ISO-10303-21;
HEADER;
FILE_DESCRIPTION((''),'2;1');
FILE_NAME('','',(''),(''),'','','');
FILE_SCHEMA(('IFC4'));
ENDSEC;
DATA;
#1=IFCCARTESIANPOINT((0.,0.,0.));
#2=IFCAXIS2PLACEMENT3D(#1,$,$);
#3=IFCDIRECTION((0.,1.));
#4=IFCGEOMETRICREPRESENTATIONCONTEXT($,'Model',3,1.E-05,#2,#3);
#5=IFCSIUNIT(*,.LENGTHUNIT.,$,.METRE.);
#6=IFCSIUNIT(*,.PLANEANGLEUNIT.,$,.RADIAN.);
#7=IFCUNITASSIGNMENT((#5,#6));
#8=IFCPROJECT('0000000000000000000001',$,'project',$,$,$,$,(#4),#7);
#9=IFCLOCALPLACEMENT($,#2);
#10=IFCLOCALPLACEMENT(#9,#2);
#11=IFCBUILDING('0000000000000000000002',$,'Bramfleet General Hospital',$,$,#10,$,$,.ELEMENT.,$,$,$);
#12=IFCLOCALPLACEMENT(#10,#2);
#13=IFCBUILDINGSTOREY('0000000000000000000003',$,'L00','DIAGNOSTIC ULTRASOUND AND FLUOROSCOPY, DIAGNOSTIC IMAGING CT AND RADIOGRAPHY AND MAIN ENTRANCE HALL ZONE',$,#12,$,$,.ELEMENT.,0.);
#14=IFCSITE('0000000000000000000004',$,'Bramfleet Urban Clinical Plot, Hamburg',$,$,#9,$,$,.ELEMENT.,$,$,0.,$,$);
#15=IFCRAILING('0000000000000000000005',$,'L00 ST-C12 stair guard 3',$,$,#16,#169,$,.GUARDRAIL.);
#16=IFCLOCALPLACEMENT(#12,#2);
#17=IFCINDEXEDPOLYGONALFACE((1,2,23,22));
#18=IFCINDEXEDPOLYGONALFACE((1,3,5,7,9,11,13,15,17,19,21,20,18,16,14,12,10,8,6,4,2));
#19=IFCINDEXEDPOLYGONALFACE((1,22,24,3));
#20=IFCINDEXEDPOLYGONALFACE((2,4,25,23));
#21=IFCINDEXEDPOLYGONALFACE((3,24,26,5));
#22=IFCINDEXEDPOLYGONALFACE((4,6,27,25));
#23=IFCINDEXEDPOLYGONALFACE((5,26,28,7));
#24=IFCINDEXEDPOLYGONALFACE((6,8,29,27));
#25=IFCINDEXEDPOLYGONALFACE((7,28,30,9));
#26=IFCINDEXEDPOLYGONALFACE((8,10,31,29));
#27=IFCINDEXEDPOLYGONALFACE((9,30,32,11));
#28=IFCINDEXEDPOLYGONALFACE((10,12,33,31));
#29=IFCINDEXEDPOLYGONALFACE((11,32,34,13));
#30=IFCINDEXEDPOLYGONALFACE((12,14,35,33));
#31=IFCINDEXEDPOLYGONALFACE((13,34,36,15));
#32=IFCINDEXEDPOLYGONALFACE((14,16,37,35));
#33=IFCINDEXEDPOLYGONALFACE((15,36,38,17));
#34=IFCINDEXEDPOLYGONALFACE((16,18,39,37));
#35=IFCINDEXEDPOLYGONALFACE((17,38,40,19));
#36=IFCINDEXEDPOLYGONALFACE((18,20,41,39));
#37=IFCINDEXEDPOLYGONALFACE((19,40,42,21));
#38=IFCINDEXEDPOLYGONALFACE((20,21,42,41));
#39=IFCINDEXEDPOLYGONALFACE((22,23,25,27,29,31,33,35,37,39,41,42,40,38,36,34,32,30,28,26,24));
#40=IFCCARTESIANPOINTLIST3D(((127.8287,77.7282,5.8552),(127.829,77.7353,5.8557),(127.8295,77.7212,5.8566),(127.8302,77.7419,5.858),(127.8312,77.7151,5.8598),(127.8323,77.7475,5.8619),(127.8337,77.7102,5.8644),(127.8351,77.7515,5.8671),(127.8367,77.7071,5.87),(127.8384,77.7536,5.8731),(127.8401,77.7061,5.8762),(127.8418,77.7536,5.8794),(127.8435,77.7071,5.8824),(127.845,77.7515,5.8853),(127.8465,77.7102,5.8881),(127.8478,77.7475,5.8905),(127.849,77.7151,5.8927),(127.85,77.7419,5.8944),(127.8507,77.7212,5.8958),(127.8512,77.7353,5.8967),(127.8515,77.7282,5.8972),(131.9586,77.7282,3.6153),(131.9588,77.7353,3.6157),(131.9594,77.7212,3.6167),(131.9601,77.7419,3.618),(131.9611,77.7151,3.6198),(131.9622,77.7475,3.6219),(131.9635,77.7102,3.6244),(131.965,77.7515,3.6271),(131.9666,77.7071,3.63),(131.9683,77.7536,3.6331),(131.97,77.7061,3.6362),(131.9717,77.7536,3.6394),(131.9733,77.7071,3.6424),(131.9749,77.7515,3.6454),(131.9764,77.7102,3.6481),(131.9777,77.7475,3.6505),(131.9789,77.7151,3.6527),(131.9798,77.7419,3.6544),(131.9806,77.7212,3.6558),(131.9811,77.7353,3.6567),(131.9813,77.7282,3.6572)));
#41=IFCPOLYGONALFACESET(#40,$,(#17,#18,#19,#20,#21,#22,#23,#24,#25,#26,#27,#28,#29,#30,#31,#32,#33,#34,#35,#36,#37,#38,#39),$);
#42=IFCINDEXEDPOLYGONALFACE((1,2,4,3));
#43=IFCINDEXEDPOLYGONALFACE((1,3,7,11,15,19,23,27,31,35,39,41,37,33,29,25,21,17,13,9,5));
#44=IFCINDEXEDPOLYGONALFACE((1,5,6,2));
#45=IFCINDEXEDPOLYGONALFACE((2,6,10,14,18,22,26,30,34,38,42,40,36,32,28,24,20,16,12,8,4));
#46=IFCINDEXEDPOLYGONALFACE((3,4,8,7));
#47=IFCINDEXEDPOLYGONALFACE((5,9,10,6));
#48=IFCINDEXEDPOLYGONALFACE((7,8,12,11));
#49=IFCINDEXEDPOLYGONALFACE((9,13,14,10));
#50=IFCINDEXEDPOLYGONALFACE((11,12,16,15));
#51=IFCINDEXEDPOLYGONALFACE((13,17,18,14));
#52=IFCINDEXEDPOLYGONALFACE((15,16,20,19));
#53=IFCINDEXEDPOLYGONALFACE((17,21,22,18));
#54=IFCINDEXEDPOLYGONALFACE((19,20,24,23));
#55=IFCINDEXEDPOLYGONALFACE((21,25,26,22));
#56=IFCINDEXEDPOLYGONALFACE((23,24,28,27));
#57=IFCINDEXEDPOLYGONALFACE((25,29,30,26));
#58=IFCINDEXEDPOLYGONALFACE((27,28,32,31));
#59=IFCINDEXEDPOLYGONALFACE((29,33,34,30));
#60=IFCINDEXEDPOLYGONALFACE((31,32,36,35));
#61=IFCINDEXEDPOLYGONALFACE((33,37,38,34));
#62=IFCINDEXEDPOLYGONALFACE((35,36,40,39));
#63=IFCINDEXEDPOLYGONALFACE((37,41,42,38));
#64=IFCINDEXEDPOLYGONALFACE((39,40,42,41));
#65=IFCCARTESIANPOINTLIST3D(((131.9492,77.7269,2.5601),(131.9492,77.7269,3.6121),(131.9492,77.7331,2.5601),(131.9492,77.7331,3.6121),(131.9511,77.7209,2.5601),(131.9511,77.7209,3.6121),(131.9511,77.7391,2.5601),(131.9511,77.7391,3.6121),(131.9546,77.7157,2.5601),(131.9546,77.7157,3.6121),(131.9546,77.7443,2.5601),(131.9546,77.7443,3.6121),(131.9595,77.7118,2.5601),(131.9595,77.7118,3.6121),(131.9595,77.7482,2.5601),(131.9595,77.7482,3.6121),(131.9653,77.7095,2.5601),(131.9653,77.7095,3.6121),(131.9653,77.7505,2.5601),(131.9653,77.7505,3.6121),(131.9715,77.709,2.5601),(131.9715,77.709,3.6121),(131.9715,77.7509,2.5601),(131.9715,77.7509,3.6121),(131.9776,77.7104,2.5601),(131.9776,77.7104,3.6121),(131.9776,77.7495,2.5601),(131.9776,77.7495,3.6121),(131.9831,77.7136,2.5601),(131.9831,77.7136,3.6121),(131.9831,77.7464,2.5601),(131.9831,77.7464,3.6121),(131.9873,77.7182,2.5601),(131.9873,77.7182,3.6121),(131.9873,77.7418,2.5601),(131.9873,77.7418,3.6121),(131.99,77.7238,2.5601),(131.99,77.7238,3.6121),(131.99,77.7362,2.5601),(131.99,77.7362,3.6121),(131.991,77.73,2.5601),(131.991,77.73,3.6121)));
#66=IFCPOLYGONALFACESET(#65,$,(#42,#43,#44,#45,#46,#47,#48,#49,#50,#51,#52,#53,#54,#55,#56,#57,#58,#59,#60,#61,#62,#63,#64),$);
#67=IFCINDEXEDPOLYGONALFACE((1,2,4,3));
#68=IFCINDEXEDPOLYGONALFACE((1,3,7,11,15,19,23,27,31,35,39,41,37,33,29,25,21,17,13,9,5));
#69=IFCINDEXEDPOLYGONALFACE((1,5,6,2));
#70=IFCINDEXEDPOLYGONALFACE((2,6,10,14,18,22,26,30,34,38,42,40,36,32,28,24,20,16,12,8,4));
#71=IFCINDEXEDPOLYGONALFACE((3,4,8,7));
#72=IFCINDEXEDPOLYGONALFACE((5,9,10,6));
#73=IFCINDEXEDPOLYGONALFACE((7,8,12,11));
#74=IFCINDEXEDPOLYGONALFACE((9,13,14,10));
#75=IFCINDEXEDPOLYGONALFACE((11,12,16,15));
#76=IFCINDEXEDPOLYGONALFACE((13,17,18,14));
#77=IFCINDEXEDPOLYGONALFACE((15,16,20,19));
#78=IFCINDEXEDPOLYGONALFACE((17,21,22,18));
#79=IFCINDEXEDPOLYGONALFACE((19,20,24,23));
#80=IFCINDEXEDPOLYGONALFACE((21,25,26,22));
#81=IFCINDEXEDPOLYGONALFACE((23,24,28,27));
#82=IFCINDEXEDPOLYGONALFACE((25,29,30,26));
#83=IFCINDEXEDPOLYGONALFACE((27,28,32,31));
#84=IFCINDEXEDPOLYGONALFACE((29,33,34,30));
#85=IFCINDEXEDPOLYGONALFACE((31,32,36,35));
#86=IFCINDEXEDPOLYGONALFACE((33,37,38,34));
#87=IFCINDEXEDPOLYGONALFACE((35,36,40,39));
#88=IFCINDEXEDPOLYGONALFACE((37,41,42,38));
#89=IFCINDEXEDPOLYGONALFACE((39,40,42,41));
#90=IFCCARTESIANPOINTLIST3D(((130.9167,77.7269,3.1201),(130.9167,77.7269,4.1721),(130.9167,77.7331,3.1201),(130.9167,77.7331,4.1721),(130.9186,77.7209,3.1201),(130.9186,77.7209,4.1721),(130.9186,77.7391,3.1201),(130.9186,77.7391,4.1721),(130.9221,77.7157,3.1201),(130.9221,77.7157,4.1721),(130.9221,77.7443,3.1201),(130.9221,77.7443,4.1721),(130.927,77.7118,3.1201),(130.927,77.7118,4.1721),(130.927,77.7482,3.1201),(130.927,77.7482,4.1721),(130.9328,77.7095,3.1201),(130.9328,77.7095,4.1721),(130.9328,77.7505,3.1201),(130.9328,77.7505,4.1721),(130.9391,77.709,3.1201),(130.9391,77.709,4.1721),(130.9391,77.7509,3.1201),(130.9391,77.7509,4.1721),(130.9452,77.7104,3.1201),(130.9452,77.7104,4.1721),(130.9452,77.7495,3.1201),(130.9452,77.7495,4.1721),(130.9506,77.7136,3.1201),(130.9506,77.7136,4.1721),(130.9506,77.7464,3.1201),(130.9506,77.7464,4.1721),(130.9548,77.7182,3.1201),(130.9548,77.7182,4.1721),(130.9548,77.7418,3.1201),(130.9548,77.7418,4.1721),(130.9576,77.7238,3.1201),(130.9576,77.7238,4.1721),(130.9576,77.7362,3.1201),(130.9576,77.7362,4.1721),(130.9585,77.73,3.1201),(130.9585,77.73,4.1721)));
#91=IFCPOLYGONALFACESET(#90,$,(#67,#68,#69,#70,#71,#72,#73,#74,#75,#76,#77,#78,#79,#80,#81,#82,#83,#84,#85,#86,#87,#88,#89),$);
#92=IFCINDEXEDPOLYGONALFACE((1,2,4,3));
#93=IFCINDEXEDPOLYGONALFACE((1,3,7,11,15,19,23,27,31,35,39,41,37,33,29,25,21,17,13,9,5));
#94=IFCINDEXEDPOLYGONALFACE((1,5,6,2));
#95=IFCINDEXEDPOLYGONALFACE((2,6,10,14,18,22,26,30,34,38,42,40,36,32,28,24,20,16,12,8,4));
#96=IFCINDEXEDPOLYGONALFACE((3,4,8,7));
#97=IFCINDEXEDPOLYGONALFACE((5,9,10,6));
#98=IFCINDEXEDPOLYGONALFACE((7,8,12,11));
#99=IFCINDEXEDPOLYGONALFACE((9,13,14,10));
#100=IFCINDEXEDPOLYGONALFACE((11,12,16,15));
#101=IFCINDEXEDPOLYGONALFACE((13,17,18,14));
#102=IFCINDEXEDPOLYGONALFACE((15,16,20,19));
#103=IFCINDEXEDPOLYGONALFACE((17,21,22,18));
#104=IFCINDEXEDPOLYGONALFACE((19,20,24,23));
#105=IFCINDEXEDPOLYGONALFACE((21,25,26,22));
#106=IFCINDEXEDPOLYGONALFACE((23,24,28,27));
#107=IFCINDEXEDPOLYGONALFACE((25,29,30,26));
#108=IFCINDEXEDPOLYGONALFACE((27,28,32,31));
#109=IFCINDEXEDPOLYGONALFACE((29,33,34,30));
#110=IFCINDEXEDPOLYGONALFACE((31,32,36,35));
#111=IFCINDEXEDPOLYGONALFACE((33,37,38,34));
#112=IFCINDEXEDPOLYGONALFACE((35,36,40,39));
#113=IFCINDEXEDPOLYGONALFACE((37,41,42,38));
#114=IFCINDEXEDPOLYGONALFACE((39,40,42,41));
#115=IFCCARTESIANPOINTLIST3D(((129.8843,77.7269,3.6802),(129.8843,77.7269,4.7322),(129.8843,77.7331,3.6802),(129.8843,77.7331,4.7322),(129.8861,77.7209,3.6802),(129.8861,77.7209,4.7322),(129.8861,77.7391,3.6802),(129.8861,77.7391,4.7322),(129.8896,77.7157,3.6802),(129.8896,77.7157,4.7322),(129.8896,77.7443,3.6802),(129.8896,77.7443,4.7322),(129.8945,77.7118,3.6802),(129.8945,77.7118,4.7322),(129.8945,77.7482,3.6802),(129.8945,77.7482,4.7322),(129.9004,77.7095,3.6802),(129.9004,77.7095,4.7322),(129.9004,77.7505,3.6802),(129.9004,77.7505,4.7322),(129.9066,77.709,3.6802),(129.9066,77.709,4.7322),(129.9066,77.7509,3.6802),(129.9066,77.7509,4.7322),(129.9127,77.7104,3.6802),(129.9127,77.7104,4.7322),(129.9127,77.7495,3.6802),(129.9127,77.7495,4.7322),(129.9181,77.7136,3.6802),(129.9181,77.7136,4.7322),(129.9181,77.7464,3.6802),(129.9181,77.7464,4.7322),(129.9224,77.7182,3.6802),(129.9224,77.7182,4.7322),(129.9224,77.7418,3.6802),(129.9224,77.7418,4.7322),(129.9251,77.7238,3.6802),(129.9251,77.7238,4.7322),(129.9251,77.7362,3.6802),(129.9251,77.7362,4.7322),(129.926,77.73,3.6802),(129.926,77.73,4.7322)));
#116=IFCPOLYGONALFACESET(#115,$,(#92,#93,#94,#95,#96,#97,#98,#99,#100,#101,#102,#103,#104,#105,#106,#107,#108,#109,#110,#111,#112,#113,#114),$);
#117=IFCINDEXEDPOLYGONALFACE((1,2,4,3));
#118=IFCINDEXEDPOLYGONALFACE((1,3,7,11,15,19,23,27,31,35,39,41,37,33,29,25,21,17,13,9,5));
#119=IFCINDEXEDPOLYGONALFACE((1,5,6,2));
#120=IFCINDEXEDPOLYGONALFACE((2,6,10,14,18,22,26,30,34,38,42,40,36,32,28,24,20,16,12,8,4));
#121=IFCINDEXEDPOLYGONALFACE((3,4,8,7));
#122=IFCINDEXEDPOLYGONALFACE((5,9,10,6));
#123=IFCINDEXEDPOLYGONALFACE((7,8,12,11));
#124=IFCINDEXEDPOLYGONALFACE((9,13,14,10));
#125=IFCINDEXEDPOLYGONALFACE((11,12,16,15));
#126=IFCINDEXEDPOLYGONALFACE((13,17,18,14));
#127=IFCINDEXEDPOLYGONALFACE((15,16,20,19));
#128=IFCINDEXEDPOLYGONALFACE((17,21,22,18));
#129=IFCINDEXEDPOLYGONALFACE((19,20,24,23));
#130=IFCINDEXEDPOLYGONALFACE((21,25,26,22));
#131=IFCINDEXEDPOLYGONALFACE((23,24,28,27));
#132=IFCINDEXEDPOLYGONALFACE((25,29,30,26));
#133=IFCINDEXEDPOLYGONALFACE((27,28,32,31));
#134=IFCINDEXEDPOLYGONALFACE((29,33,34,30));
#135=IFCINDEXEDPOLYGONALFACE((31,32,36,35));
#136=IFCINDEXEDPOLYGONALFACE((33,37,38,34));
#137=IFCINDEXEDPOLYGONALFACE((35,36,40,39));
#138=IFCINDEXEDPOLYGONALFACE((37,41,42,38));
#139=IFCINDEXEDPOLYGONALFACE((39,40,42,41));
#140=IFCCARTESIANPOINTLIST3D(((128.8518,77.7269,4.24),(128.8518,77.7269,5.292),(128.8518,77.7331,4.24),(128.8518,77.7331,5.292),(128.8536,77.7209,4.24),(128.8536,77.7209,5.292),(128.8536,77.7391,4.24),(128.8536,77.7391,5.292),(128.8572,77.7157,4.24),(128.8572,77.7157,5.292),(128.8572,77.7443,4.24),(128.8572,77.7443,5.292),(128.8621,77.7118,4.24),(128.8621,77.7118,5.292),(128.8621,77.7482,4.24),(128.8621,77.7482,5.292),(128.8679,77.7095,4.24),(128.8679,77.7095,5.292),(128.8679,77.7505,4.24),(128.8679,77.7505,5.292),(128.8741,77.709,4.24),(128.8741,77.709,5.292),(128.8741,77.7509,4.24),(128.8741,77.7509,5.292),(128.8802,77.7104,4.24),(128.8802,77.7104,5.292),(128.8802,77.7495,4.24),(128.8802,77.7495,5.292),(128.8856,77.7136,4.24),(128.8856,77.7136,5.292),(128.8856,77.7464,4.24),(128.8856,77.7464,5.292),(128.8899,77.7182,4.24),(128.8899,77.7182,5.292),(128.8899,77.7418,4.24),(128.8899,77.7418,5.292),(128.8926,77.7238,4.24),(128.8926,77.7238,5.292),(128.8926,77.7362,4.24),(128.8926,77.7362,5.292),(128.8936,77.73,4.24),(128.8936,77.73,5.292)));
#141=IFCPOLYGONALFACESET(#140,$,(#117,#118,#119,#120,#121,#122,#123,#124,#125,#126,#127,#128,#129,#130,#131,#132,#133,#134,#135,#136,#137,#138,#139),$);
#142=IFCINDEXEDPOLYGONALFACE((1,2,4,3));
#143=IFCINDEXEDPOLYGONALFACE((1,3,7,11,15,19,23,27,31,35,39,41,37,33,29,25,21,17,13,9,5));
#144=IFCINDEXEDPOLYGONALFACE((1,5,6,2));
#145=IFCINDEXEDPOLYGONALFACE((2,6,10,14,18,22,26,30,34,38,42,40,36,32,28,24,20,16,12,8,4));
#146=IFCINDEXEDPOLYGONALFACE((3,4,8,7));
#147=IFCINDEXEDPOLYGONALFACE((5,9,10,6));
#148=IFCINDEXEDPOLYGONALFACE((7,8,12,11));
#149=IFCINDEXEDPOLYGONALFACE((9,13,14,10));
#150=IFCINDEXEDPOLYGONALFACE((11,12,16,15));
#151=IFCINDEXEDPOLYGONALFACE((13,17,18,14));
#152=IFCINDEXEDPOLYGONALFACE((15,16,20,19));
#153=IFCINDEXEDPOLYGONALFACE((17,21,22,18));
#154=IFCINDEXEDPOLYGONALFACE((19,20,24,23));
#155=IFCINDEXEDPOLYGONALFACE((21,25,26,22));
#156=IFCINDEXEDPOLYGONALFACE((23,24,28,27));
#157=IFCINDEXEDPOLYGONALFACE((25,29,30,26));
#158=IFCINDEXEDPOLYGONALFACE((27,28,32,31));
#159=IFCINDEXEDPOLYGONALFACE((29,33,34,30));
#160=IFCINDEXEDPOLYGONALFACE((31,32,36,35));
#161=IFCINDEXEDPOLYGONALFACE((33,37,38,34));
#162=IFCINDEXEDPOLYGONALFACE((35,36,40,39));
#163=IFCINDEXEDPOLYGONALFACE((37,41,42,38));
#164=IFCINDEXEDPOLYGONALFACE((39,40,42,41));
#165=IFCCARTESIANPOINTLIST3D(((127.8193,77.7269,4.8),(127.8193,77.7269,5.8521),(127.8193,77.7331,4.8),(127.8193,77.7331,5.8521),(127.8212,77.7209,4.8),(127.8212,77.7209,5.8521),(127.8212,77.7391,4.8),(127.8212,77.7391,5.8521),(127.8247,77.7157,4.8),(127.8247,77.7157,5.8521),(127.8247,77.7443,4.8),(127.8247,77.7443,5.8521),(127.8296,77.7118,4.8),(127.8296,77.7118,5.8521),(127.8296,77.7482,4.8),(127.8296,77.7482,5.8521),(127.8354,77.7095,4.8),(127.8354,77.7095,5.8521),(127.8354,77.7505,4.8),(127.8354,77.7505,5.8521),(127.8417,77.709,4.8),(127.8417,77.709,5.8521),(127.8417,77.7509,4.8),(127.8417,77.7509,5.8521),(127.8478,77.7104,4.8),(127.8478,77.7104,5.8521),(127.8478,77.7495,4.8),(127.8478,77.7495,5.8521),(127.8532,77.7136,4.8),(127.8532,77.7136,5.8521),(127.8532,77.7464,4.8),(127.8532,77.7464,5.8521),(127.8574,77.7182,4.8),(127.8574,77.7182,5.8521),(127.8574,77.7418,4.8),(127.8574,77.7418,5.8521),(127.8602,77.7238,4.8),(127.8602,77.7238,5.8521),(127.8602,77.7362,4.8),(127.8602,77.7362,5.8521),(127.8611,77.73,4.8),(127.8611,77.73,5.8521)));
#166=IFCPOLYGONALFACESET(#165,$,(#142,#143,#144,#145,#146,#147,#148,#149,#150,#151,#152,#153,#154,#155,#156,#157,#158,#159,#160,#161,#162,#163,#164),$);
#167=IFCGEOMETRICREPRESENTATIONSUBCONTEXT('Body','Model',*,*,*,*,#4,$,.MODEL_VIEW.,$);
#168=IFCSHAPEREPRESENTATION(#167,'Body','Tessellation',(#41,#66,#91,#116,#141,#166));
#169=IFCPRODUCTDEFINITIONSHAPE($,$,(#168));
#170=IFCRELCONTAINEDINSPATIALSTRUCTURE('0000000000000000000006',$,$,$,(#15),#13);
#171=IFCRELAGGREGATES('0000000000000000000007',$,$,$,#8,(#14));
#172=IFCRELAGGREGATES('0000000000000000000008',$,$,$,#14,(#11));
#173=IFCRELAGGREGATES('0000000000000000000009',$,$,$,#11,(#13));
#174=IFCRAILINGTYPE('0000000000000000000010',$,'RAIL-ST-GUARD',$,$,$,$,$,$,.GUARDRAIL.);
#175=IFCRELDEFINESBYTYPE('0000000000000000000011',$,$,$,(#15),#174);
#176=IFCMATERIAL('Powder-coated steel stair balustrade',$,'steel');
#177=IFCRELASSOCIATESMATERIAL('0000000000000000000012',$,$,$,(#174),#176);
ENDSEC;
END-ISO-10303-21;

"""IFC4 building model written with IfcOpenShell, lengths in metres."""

from ifc_helpers import new_model, si_unit, direction, frame, origin, origin_2d, place, context, subcontext, project, spatial, circle, extrude, material, type_object, element, save


model = new_model("IFC4")

# Units and contexts
model_context = context("Model", 3, precision=1e-05, world=origin(), true_north=direction((0.0, 1.0)))
body_context = subcontext(model_context, "Body", "Model", "MODEL_VIEW")
ifc_project = project(units=[si_unit("LENGTHUNIT", "METRE"), si_unit("PLANEANGLEUNIT", "RADIAN")], contexts=[model_context])

# Site, building, storey
site_placement = place(None, origin())
site = spatial("IfcSite", under=ifc_project, at=site_placement, Name="Bramfleet Urban Clinical Plot, Hamburg", CompositionType="ELEMENT", RefElevation=0.0)
building_placement = place(site_placement, origin())
building = spatial("IfcBuilding", under=site, at=building_placement, Name="Bramfleet General Hospital", CompositionType="ELEMENT")
storey_placement = place(building_placement, origin())
storey = spatial("IfcBuildingStorey", under=building, at=storey_placement, Name="L00", Description="DIAGNOSTIC ULTRASOUND AND FLUOROSCOPY, DIAGNOSTIC IMAGING CT AND RADIOGRAPHY AND MAIN ENTRANCE HALL ZONE", CompositionType="ELEMENT", Elevation=0.0)

# Railing
ifc_material_1 = material(Name="Powder-coated steel stair balustrade", Category="steel")
railing_type_1 = type_object("IfcRailingType", Name="RAIL-ST-GUARD", PredefinedType="GUARDRAIL", material=ifc_material_1)
railing_1_placement = place(storey_placement, frame((131.97, 77.73, 2.5601)))
element("IfcRailing", 1, at=railing_1_placement, inside=storey, type_object=railing_type_1, Name="L00 ST-C12 stair guard 3", PredefinedType="GUARDRAIL", context=body_context, shape_type="SweptSolid", body=[
    extrude(circle(Radius=0.0239, at=origin_2d()), frame((0.0, 0.0, 1.0762), z_axis=(-0.879027, 0.0, 0.476772), x_axis=(0.0, -1.0, 0.0)), (0.0, 0.0, 1.0), 4.6982),
    extrude(circle(Radius=0.021, at=origin_2d()), origin(), (0.0, 0.0, 1.0), 1.052),
    extrude(circle(Radius=0.021, at=origin_2d()), frame((-1.0325, 0.0, 0.5601)), (0.0, 0.0, 1.0), 1.052),
    extrude(circle(Radius=0.021, at=origin_2d()), frame((-2.0649, 0.0, 1.1201)), (0.0, 0.0, 1.0), 1.052),
    extrude(circle(Radius=0.021, at=origin_2d()), frame((-3.0974, 0.0, 1.6799)), (0.0, 0.0, 1.0), 1.052),
    extrude(circle(Radius=0.021, at=origin_2d()), frame((-4.1299, 0.0, 2.24)), (0.0, 0.0, 1.0), 1.052),
])

save(model, "model.ifc")
